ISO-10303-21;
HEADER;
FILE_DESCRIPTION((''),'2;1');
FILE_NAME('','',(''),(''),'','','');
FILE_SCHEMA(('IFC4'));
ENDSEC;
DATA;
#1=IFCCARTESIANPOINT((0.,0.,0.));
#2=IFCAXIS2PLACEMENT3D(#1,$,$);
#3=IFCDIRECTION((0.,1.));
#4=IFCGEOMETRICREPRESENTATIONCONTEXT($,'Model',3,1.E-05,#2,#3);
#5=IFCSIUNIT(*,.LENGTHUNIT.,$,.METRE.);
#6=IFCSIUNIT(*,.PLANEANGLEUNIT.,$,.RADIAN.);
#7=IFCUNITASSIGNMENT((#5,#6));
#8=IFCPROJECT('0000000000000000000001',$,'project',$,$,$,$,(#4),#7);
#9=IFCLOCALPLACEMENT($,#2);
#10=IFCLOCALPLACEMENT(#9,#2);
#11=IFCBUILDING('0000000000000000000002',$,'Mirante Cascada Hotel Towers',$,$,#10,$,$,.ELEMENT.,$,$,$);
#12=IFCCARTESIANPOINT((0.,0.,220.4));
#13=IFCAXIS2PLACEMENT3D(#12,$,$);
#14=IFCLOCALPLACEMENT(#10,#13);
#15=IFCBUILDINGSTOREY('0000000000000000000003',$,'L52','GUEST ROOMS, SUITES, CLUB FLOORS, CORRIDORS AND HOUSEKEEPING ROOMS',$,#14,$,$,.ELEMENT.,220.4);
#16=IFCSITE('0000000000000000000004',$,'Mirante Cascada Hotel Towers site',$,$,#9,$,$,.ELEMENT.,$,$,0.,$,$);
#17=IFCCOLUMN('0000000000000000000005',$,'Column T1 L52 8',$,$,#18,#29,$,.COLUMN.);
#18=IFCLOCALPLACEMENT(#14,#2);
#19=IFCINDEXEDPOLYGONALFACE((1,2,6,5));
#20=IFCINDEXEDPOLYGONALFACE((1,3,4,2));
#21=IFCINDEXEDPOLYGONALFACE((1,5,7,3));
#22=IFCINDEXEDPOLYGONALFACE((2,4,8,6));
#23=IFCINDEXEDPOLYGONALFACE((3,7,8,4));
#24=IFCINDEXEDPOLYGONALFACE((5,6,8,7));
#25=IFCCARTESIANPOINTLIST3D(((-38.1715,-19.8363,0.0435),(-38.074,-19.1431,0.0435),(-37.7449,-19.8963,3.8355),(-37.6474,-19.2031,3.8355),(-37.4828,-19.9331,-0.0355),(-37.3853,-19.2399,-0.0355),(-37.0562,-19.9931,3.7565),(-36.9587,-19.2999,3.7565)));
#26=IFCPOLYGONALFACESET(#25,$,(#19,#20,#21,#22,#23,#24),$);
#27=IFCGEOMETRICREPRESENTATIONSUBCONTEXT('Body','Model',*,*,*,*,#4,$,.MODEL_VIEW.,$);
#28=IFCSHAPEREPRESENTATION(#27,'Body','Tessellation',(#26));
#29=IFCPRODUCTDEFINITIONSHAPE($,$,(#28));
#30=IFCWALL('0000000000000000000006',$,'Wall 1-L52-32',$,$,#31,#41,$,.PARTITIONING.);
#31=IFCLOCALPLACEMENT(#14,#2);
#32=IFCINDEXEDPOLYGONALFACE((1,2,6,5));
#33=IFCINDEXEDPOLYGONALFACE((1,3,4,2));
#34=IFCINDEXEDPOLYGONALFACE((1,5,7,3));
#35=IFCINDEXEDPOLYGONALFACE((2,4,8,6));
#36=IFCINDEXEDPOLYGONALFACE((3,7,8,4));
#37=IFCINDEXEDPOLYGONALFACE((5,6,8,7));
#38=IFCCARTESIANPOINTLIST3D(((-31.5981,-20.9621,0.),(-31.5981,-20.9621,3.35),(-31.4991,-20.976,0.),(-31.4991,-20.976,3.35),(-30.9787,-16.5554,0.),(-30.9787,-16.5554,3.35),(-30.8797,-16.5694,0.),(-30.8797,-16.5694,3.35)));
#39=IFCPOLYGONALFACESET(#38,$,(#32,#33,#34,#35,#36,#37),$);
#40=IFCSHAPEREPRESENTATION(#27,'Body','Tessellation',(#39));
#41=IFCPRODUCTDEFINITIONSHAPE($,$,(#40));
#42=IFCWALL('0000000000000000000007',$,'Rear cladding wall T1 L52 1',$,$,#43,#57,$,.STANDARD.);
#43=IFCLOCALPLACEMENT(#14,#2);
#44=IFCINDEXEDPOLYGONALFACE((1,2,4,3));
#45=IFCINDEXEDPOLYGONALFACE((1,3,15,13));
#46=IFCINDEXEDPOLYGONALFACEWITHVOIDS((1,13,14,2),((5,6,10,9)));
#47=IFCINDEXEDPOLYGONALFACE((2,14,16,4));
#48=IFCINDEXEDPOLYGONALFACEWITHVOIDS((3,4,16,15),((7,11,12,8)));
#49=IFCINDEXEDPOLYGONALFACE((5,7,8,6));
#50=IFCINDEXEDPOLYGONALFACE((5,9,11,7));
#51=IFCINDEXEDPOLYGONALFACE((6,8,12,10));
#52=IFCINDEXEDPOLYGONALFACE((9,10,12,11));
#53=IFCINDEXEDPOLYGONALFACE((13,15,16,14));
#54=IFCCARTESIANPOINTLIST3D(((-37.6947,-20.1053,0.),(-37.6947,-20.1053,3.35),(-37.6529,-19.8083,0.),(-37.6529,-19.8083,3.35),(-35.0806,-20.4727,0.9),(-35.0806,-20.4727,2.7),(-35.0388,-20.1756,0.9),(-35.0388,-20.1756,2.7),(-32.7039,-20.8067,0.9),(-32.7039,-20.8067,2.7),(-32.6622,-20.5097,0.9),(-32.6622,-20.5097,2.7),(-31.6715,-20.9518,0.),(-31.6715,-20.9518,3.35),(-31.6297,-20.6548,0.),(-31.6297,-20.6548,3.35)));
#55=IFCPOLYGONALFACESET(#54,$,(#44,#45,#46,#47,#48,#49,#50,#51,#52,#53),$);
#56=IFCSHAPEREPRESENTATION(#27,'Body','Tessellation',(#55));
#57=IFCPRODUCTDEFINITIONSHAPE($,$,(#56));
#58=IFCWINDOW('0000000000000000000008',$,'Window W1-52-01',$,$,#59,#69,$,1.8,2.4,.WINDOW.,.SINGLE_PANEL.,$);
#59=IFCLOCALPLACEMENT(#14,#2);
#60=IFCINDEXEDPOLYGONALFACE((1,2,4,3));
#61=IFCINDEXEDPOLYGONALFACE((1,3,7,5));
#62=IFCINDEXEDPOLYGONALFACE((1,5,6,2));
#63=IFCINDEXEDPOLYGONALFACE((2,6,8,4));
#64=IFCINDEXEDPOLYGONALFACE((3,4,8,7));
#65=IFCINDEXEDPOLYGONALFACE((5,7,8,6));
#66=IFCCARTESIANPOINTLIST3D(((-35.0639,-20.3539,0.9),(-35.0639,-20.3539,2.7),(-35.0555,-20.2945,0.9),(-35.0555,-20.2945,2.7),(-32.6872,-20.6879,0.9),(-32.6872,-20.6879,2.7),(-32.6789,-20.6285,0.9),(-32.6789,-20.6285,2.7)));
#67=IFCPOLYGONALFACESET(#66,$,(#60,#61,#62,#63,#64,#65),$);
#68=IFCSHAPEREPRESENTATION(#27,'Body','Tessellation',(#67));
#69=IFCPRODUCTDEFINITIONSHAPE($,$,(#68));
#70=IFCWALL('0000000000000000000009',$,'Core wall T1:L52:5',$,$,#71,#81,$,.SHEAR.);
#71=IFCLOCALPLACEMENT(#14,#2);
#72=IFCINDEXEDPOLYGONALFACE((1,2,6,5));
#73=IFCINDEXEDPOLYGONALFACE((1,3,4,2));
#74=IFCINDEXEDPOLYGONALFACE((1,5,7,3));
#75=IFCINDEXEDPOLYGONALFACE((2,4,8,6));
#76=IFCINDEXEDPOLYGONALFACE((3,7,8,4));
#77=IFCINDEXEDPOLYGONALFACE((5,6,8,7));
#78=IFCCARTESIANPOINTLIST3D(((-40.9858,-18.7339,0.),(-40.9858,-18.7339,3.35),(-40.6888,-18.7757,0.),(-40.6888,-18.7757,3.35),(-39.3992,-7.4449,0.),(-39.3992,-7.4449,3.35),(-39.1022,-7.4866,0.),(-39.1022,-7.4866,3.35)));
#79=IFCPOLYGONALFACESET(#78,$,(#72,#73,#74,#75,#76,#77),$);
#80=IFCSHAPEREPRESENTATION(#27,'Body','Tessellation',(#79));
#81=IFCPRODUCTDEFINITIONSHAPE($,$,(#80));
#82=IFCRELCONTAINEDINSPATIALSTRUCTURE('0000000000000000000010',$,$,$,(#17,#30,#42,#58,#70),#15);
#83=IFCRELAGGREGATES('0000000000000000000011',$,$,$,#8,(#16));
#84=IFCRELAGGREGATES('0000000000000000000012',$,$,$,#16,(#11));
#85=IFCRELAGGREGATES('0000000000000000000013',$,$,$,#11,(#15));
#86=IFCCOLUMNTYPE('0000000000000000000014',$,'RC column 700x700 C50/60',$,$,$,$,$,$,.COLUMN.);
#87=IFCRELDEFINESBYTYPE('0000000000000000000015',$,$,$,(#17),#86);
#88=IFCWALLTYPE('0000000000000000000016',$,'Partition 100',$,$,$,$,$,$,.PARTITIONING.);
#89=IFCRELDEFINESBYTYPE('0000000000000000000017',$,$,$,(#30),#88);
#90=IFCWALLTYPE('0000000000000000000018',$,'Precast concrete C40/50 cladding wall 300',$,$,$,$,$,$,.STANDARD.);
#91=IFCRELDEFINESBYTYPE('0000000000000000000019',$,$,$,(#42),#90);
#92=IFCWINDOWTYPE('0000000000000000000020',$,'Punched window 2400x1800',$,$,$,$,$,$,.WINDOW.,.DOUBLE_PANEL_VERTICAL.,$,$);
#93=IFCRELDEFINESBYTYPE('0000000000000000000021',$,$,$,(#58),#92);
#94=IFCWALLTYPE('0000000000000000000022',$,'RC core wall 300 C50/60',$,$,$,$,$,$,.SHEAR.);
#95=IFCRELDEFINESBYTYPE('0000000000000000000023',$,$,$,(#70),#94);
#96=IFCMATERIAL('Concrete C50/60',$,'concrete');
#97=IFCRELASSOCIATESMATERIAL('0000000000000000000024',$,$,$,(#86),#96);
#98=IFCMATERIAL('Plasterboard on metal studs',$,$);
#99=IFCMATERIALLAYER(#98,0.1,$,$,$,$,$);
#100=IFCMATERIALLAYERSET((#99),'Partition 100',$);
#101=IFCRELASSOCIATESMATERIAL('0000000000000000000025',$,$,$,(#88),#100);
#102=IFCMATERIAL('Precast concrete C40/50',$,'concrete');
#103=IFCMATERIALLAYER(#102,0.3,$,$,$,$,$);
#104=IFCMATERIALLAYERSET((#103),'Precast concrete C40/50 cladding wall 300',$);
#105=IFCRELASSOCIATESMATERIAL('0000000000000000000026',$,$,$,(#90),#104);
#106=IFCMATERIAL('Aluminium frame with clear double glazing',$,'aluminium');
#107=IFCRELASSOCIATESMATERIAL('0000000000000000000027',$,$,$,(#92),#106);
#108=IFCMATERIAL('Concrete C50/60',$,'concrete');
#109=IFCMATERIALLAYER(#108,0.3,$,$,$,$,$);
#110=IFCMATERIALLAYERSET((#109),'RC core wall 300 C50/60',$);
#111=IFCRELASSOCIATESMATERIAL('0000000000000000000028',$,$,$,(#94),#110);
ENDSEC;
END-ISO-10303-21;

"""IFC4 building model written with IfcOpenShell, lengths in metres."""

from ifc_helpers import new_model, si_unit, direction, frame, frame_2d, origin, origin_2d, place, context, subcontext, project, spatial, rectangle, extrude, material, layer, layer_set, material_profile, profile_set, type_object, element, fill, save


model = new_model("IFC4")

# Units and contexts
model_context = context("Model", 3, precision=1e-05, world=origin(), true_north=direction((0.0, 1.0)))
body_context = subcontext(model_context, "Body", "Model", "MODEL_VIEW")
ifc_project = project(units=[si_unit("LENGTHUNIT", "METRE"), si_unit("PLANEANGLEUNIT", "RADIAN")], contexts=[model_context])

# Site, building, storey
site_placement = place(None, origin())
site = spatial("IfcSite", under=ifc_project, at=site_placement, Name="Mirante Cascada Hotel Towers site", CompositionType="ELEMENT", RefElevation=0.0)
building_placement = place(site_placement, origin())
building = spatial("IfcBuilding", under=site, at=building_placement, Name="Mirante Cascada Hotel Towers", CompositionType="ELEMENT")
storey_placement = place(building_placement, frame((0.0, 0.0, 220.4)))
storey = spatial("IfcBuildingStorey", under=building, at=storey_placement, Name="L52", Description="GUEST ROOMS, SUITES, CLUB FLOORS, CORRIDORS AND HOUSEKEEPING ROOMS", CompositionType="ELEMENT", Elevation=220.4)

# Column
ifc_material_1 = material(Name="Concrete C50/60", Category="concrete")
ifc_material_profile = material_profile(ifc_material_1, rectangle(XDim=0.7, YDim=0.7, at=origin_2d()), Name="RC column 700x700 C50/60")
ifc_profile_set = profile_set([ifc_material_profile], Name="Concrete C50/60")
column_type = type_object("IfcColumnType", Name="RC column 700x700 C50/60", PredefinedType="COLUMN", material=ifc_profile_set)
column_placement = place(storey_placement, frame((-37.7784, -19.5381, 0.004), z_axis=(0.111781, -0.015722, 0.993609), x_axis=(0.139276, 0.990254, 0.0)))
element("IfcColumn", 1, at=column_placement, inside=storey, type_object=column_type, Name="Column T1 L52 8", PredefinedType="COLUMN", context=body_context, shape_type="SweptSolid", body=[
    extrude(rectangle(XDim=0.7, YDim=0.7, at=origin_2d()), origin(), (0.0, 0.0, 1.0), 3.8164),
])

# Wall
ifc_material_2 = material(Name="Plasterboard on metal studs")
ifc_layer_1 = layer(ifc_material_2, 0.1)
ifc_layer_set_1 = layer_set([ifc_layer_1], Name="Partition 100")
wall_type_1 = type_object("IfcWallType", Name="Partition 100", PredefinedType="PARTITIONING", material=ifc_layer_set_1)
wall_1_placement = place(storey_placement, frame((-30.9292, -16.5624, 0.0), z_axis=(0.0, 0.0, 1.0), x_axis=(-0.13919, -0.990266, 0.0)))
element("IfcWall", 2, at=wall_1_placement, inside=storey, type_object=wall_type_1, Name="Wall 1-L52-32", PredefinedType="PARTITIONING", context=body_context, shape_type="SweptSolid", body=[
    extrude(rectangle(XDim=4.45, YDim=0.1, at=frame_2d((2.225, 0.0))), origin(), (0.0, 0.0, 1.0), 3.35),
])

# Wall, opening, window
ifc_material_3 = material(Name="Precast concrete C40/50", Category="concrete")
ifc_layer_2 = layer(ifc_material_3, 0.3)
ifc_layer_set_2 = layer_set([ifc_layer_2], Name="Precast concrete C40/50 cladding wall 300")
wall_type_2 = type_object("IfcWallType", Name="Precast concrete C40/50 cladding wall 300", PredefinedType="STANDARD", material=ifc_layer_set_2)
wall_2_placement = place(storey_placement, frame((-31.6506, -20.8033, 0.0), z_axis=(0.0, 0.0, 1.0), x_axis=(-0.990268, 0.139172, 0.0)))
wall_2 = element("IfcWall", 3, at=wall_2_placement, inside=storey, type_object=wall_type_2, Name="Rear cladding wall T1 L52 1", PredefinedType="STANDARD", context=body_context, shape_type="SweptSolid", body=[
    extrude(rectangle(XDim=6.0824, YDim=0.3, at=frame_2d((3.0412, 0.0))), origin(), (0.0, 0.0, 1.0), 3.35),
])
opening_1_placement = place(wall_2_placement, frame((1.0426, 0.0, 0.9)))
opening_1 = element("IfcOpeningElement", 4, at=opening_1_placement, cuts=wall_2, PredefinedType="OPENING", context=body_context, shape_type="SweptSolid", body=[
    extrude(rectangle(XDim=2.4, YDim=1.8, at=frame_2d((1.2, 0.9))), frame((0.0, 0.15, 0.0), z_axis=(0.0, -1.0, 0.0), x_axis=(1.0, 0.0, 0.0)), (0.0, 0.0, 1.0), 0.3),
])
ifc_material_4 = material(Name="Aluminium frame with clear double glazing", Category="aluminium")
window_type = type_object("IfcWindowType", Name="Punched window 2400x1800", PartitioningType="DOUBLE_PANEL_VERTICAL", PredefinedType="WINDOW", material=ifc_material_4)
window_placement = place(opening_1_placement, origin())
window = element("IfcWindow", 5, at=window_placement, inside=storey, type_object=window_type, Name="Window W1-52-01", OverallHeight=1.8, OverallWidth=2.4, PartitioningType="SINGLE_PANEL", PredefinedType="WINDOW", context=body_context, shape_type="SweptSolid", body=[
    extrude(rectangle(XDim=2.4, YDim=1.8, at=frame_2d((1.2, 0.9))), frame((0.0, 0.03, 0.0), z_axis=(0.0, -1.0, 0.0), x_axis=(1.0, 0.0, 0.0)), (0.0, 0.0, 1.0), 0.06),
])
fill(opening_1, window)

# Wall
ifc_material_5 = material(Name="Concrete C50/60", Category="concrete")
ifc_layer_3 = layer(ifc_material_5, 0.3)
ifc_layer_set_3 = layer_set([ifc_layer_3], Name="RC core wall 300 C50/60")
wall_type_3 = type_object("IfcWallType", Name="RC core wall 300 C50/60", PredefinedType="SHEAR", material=ifc_layer_set_3)
wall_3_placement = place(storey_placement, frame((-40.8373, -18.7548, 0.0), z_axis=(0.0, 0.0, 1.0), x_axis=(0.139175, 0.990268, 0.0)))
element("IfcWall", 6, at=wall_3_placement, inside=storey, type_object=wall_type_3, Name="Core wall T1:L52:5", PredefinedType="SHEAR", context=body_context, shape_type="SweptSolid", body=[
    extrude(rectangle(XDim=11.4, YDim=0.3, at=frame_2d((5.7, 0.0))), origin(), (0.0, 0.0, 1.0), 3.35),
])

save(model, "model.ifc")
